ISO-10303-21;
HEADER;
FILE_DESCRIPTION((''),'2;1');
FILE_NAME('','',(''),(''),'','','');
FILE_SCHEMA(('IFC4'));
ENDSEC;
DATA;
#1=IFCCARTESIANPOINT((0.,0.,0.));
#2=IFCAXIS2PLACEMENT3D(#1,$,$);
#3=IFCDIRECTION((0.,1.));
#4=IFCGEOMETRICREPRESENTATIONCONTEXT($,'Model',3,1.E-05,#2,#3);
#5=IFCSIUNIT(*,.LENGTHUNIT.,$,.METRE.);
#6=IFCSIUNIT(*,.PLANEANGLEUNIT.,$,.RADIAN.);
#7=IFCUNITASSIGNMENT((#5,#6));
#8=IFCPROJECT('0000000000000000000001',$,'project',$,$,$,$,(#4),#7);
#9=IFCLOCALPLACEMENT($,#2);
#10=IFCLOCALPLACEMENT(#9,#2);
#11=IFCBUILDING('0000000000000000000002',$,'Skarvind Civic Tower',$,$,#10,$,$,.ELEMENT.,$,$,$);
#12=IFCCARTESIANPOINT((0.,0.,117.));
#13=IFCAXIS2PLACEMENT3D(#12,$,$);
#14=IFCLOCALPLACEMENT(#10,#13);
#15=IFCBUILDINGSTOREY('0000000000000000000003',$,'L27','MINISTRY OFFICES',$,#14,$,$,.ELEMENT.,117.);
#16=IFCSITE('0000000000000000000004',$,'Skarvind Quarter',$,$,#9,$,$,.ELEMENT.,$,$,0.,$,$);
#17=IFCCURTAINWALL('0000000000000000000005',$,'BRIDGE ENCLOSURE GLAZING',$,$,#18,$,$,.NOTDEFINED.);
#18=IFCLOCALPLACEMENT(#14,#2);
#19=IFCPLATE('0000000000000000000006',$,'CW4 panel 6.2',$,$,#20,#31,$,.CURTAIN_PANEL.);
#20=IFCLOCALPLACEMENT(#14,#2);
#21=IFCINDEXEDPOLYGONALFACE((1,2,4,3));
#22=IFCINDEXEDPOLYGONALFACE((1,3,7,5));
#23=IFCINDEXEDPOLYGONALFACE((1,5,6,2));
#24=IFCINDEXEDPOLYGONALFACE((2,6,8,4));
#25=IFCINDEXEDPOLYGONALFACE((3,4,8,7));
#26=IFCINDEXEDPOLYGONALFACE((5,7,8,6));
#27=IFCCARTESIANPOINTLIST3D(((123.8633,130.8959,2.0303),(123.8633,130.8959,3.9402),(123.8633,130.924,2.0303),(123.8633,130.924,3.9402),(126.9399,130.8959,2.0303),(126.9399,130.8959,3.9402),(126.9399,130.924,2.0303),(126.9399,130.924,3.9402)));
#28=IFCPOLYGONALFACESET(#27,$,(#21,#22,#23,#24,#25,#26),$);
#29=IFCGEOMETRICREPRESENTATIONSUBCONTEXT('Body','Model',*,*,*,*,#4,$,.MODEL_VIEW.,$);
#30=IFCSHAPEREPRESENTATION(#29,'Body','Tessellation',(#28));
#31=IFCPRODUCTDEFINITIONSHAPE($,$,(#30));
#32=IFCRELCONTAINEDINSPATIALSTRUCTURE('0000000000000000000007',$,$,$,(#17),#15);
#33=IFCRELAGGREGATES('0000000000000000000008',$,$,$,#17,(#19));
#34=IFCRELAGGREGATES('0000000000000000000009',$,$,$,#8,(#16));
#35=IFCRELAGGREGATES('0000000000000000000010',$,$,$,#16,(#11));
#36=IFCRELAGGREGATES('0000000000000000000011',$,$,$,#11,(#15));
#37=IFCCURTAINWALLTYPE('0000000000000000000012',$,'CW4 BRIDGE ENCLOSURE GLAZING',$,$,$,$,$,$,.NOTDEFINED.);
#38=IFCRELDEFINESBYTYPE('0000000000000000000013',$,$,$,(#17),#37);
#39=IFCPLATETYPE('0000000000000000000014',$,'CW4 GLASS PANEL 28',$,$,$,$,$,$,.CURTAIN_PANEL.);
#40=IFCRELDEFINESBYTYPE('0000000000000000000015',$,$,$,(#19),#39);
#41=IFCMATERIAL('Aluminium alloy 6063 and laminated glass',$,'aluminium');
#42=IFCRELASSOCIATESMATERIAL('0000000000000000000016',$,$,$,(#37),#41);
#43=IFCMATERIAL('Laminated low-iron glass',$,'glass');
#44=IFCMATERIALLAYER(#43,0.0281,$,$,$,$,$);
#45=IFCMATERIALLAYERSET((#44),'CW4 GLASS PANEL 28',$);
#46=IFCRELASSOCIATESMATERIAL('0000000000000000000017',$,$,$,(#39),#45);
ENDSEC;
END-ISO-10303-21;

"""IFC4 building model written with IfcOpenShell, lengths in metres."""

from ifc_helpers import new_model, si_unit, direction, frame, origin, origin_2d, place, context, subcontext, project, spatial, rectangle, extrude, material, layer, layer_set, type_object, element, aggregate, save


model = new_model("IFC4")

# Units and contexts
model_context = context("Model", 3, precision=1e-05, world=origin(), true_north=direction((0.0, 1.0)))
body_context = subcontext(model_context, "Body", "Model", "MODEL_VIEW")
ifc_project = project(units=[si_unit("LENGTHUNIT", "METRE"), si_unit("PLANEANGLEUNIT", "RADIAN")], contexts=[model_context])

# Site, building, storey
site_placement = place(None, origin())
site = spatial("IfcSite", under=ifc_project, at=site_placement, Name="Skarvind Quarter", CompositionType="ELEMENT", RefElevation=0.0)
building_placement = place(site_placement, origin())
building = spatial("IfcBuilding", under=site, at=building_placement, Name="Skarvind Civic Tower", CompositionType="ELEMENT")
storey_placement = place(building_placement, frame((0.0, 0.0, 117.0)))
storey = spatial("IfcBuildingStorey", under=building, at=storey_placement, Name="L27", Description="MINISTRY OFFICES", CompositionType="ELEMENT", Elevation=117.0)

# Curtain wall
ifc_material_1 = material(Name="Aluminium alloy 6063 and laminated glass", Category="aluminium")
curtain_wall_type = type_object("IfcCurtainWallType", Name="CW4 BRIDGE ENCLOSURE GLAZING", PredefinedType="NOTDEFINED", material=ifc_material_1)
curtain_wall_1_placement = place(storey_placement, origin())
curtain_wall_1 = element("IfcCurtainWall", 1, at=curtain_wall_1_placement, inside=storey, type_object=curtain_wall_type, Name="BRIDGE ENCLOSURE GLAZING", PredefinedType="NOTDEFINED")

# Plate
ifc_material_2 = material(Name="Laminated low-iron glass", Category="glass")
ifc_layer = layer(ifc_material_2, 0.0281)
ifc_layer_set = layer_set([ifc_layer], Name="CW4 GLASS PANEL 28")
plate_type = type_object("IfcPlateType", Name="CW4 GLASS PANEL 28", PredefinedType="CURTAIN_PANEL", material=ifc_layer_set)
plate_1_placement = place(storey_placement, frame((125.4016, 130.9099, 2.0303), z_axis=(0.0, 0.0, 1.0), x_axis=(1.0, 0.0, 0.0)))
plate_1 = element("IfcPlate", 2, at=plate_1_placement, type_object=plate_type, Name="CW4 panel 6.2", PredefinedType="CURTAIN_PANEL", context=body_context, shape_type="SweptSolid", body=[
    extrude(rectangle(XDim=3.0767, YDim=0.0281, at=origin_2d()), origin(), (0.0, 0.0, 1.0), 1.9099),
])
aggregate(curtain_wall_1, [plate_1])

save(model, "model.ifc")
